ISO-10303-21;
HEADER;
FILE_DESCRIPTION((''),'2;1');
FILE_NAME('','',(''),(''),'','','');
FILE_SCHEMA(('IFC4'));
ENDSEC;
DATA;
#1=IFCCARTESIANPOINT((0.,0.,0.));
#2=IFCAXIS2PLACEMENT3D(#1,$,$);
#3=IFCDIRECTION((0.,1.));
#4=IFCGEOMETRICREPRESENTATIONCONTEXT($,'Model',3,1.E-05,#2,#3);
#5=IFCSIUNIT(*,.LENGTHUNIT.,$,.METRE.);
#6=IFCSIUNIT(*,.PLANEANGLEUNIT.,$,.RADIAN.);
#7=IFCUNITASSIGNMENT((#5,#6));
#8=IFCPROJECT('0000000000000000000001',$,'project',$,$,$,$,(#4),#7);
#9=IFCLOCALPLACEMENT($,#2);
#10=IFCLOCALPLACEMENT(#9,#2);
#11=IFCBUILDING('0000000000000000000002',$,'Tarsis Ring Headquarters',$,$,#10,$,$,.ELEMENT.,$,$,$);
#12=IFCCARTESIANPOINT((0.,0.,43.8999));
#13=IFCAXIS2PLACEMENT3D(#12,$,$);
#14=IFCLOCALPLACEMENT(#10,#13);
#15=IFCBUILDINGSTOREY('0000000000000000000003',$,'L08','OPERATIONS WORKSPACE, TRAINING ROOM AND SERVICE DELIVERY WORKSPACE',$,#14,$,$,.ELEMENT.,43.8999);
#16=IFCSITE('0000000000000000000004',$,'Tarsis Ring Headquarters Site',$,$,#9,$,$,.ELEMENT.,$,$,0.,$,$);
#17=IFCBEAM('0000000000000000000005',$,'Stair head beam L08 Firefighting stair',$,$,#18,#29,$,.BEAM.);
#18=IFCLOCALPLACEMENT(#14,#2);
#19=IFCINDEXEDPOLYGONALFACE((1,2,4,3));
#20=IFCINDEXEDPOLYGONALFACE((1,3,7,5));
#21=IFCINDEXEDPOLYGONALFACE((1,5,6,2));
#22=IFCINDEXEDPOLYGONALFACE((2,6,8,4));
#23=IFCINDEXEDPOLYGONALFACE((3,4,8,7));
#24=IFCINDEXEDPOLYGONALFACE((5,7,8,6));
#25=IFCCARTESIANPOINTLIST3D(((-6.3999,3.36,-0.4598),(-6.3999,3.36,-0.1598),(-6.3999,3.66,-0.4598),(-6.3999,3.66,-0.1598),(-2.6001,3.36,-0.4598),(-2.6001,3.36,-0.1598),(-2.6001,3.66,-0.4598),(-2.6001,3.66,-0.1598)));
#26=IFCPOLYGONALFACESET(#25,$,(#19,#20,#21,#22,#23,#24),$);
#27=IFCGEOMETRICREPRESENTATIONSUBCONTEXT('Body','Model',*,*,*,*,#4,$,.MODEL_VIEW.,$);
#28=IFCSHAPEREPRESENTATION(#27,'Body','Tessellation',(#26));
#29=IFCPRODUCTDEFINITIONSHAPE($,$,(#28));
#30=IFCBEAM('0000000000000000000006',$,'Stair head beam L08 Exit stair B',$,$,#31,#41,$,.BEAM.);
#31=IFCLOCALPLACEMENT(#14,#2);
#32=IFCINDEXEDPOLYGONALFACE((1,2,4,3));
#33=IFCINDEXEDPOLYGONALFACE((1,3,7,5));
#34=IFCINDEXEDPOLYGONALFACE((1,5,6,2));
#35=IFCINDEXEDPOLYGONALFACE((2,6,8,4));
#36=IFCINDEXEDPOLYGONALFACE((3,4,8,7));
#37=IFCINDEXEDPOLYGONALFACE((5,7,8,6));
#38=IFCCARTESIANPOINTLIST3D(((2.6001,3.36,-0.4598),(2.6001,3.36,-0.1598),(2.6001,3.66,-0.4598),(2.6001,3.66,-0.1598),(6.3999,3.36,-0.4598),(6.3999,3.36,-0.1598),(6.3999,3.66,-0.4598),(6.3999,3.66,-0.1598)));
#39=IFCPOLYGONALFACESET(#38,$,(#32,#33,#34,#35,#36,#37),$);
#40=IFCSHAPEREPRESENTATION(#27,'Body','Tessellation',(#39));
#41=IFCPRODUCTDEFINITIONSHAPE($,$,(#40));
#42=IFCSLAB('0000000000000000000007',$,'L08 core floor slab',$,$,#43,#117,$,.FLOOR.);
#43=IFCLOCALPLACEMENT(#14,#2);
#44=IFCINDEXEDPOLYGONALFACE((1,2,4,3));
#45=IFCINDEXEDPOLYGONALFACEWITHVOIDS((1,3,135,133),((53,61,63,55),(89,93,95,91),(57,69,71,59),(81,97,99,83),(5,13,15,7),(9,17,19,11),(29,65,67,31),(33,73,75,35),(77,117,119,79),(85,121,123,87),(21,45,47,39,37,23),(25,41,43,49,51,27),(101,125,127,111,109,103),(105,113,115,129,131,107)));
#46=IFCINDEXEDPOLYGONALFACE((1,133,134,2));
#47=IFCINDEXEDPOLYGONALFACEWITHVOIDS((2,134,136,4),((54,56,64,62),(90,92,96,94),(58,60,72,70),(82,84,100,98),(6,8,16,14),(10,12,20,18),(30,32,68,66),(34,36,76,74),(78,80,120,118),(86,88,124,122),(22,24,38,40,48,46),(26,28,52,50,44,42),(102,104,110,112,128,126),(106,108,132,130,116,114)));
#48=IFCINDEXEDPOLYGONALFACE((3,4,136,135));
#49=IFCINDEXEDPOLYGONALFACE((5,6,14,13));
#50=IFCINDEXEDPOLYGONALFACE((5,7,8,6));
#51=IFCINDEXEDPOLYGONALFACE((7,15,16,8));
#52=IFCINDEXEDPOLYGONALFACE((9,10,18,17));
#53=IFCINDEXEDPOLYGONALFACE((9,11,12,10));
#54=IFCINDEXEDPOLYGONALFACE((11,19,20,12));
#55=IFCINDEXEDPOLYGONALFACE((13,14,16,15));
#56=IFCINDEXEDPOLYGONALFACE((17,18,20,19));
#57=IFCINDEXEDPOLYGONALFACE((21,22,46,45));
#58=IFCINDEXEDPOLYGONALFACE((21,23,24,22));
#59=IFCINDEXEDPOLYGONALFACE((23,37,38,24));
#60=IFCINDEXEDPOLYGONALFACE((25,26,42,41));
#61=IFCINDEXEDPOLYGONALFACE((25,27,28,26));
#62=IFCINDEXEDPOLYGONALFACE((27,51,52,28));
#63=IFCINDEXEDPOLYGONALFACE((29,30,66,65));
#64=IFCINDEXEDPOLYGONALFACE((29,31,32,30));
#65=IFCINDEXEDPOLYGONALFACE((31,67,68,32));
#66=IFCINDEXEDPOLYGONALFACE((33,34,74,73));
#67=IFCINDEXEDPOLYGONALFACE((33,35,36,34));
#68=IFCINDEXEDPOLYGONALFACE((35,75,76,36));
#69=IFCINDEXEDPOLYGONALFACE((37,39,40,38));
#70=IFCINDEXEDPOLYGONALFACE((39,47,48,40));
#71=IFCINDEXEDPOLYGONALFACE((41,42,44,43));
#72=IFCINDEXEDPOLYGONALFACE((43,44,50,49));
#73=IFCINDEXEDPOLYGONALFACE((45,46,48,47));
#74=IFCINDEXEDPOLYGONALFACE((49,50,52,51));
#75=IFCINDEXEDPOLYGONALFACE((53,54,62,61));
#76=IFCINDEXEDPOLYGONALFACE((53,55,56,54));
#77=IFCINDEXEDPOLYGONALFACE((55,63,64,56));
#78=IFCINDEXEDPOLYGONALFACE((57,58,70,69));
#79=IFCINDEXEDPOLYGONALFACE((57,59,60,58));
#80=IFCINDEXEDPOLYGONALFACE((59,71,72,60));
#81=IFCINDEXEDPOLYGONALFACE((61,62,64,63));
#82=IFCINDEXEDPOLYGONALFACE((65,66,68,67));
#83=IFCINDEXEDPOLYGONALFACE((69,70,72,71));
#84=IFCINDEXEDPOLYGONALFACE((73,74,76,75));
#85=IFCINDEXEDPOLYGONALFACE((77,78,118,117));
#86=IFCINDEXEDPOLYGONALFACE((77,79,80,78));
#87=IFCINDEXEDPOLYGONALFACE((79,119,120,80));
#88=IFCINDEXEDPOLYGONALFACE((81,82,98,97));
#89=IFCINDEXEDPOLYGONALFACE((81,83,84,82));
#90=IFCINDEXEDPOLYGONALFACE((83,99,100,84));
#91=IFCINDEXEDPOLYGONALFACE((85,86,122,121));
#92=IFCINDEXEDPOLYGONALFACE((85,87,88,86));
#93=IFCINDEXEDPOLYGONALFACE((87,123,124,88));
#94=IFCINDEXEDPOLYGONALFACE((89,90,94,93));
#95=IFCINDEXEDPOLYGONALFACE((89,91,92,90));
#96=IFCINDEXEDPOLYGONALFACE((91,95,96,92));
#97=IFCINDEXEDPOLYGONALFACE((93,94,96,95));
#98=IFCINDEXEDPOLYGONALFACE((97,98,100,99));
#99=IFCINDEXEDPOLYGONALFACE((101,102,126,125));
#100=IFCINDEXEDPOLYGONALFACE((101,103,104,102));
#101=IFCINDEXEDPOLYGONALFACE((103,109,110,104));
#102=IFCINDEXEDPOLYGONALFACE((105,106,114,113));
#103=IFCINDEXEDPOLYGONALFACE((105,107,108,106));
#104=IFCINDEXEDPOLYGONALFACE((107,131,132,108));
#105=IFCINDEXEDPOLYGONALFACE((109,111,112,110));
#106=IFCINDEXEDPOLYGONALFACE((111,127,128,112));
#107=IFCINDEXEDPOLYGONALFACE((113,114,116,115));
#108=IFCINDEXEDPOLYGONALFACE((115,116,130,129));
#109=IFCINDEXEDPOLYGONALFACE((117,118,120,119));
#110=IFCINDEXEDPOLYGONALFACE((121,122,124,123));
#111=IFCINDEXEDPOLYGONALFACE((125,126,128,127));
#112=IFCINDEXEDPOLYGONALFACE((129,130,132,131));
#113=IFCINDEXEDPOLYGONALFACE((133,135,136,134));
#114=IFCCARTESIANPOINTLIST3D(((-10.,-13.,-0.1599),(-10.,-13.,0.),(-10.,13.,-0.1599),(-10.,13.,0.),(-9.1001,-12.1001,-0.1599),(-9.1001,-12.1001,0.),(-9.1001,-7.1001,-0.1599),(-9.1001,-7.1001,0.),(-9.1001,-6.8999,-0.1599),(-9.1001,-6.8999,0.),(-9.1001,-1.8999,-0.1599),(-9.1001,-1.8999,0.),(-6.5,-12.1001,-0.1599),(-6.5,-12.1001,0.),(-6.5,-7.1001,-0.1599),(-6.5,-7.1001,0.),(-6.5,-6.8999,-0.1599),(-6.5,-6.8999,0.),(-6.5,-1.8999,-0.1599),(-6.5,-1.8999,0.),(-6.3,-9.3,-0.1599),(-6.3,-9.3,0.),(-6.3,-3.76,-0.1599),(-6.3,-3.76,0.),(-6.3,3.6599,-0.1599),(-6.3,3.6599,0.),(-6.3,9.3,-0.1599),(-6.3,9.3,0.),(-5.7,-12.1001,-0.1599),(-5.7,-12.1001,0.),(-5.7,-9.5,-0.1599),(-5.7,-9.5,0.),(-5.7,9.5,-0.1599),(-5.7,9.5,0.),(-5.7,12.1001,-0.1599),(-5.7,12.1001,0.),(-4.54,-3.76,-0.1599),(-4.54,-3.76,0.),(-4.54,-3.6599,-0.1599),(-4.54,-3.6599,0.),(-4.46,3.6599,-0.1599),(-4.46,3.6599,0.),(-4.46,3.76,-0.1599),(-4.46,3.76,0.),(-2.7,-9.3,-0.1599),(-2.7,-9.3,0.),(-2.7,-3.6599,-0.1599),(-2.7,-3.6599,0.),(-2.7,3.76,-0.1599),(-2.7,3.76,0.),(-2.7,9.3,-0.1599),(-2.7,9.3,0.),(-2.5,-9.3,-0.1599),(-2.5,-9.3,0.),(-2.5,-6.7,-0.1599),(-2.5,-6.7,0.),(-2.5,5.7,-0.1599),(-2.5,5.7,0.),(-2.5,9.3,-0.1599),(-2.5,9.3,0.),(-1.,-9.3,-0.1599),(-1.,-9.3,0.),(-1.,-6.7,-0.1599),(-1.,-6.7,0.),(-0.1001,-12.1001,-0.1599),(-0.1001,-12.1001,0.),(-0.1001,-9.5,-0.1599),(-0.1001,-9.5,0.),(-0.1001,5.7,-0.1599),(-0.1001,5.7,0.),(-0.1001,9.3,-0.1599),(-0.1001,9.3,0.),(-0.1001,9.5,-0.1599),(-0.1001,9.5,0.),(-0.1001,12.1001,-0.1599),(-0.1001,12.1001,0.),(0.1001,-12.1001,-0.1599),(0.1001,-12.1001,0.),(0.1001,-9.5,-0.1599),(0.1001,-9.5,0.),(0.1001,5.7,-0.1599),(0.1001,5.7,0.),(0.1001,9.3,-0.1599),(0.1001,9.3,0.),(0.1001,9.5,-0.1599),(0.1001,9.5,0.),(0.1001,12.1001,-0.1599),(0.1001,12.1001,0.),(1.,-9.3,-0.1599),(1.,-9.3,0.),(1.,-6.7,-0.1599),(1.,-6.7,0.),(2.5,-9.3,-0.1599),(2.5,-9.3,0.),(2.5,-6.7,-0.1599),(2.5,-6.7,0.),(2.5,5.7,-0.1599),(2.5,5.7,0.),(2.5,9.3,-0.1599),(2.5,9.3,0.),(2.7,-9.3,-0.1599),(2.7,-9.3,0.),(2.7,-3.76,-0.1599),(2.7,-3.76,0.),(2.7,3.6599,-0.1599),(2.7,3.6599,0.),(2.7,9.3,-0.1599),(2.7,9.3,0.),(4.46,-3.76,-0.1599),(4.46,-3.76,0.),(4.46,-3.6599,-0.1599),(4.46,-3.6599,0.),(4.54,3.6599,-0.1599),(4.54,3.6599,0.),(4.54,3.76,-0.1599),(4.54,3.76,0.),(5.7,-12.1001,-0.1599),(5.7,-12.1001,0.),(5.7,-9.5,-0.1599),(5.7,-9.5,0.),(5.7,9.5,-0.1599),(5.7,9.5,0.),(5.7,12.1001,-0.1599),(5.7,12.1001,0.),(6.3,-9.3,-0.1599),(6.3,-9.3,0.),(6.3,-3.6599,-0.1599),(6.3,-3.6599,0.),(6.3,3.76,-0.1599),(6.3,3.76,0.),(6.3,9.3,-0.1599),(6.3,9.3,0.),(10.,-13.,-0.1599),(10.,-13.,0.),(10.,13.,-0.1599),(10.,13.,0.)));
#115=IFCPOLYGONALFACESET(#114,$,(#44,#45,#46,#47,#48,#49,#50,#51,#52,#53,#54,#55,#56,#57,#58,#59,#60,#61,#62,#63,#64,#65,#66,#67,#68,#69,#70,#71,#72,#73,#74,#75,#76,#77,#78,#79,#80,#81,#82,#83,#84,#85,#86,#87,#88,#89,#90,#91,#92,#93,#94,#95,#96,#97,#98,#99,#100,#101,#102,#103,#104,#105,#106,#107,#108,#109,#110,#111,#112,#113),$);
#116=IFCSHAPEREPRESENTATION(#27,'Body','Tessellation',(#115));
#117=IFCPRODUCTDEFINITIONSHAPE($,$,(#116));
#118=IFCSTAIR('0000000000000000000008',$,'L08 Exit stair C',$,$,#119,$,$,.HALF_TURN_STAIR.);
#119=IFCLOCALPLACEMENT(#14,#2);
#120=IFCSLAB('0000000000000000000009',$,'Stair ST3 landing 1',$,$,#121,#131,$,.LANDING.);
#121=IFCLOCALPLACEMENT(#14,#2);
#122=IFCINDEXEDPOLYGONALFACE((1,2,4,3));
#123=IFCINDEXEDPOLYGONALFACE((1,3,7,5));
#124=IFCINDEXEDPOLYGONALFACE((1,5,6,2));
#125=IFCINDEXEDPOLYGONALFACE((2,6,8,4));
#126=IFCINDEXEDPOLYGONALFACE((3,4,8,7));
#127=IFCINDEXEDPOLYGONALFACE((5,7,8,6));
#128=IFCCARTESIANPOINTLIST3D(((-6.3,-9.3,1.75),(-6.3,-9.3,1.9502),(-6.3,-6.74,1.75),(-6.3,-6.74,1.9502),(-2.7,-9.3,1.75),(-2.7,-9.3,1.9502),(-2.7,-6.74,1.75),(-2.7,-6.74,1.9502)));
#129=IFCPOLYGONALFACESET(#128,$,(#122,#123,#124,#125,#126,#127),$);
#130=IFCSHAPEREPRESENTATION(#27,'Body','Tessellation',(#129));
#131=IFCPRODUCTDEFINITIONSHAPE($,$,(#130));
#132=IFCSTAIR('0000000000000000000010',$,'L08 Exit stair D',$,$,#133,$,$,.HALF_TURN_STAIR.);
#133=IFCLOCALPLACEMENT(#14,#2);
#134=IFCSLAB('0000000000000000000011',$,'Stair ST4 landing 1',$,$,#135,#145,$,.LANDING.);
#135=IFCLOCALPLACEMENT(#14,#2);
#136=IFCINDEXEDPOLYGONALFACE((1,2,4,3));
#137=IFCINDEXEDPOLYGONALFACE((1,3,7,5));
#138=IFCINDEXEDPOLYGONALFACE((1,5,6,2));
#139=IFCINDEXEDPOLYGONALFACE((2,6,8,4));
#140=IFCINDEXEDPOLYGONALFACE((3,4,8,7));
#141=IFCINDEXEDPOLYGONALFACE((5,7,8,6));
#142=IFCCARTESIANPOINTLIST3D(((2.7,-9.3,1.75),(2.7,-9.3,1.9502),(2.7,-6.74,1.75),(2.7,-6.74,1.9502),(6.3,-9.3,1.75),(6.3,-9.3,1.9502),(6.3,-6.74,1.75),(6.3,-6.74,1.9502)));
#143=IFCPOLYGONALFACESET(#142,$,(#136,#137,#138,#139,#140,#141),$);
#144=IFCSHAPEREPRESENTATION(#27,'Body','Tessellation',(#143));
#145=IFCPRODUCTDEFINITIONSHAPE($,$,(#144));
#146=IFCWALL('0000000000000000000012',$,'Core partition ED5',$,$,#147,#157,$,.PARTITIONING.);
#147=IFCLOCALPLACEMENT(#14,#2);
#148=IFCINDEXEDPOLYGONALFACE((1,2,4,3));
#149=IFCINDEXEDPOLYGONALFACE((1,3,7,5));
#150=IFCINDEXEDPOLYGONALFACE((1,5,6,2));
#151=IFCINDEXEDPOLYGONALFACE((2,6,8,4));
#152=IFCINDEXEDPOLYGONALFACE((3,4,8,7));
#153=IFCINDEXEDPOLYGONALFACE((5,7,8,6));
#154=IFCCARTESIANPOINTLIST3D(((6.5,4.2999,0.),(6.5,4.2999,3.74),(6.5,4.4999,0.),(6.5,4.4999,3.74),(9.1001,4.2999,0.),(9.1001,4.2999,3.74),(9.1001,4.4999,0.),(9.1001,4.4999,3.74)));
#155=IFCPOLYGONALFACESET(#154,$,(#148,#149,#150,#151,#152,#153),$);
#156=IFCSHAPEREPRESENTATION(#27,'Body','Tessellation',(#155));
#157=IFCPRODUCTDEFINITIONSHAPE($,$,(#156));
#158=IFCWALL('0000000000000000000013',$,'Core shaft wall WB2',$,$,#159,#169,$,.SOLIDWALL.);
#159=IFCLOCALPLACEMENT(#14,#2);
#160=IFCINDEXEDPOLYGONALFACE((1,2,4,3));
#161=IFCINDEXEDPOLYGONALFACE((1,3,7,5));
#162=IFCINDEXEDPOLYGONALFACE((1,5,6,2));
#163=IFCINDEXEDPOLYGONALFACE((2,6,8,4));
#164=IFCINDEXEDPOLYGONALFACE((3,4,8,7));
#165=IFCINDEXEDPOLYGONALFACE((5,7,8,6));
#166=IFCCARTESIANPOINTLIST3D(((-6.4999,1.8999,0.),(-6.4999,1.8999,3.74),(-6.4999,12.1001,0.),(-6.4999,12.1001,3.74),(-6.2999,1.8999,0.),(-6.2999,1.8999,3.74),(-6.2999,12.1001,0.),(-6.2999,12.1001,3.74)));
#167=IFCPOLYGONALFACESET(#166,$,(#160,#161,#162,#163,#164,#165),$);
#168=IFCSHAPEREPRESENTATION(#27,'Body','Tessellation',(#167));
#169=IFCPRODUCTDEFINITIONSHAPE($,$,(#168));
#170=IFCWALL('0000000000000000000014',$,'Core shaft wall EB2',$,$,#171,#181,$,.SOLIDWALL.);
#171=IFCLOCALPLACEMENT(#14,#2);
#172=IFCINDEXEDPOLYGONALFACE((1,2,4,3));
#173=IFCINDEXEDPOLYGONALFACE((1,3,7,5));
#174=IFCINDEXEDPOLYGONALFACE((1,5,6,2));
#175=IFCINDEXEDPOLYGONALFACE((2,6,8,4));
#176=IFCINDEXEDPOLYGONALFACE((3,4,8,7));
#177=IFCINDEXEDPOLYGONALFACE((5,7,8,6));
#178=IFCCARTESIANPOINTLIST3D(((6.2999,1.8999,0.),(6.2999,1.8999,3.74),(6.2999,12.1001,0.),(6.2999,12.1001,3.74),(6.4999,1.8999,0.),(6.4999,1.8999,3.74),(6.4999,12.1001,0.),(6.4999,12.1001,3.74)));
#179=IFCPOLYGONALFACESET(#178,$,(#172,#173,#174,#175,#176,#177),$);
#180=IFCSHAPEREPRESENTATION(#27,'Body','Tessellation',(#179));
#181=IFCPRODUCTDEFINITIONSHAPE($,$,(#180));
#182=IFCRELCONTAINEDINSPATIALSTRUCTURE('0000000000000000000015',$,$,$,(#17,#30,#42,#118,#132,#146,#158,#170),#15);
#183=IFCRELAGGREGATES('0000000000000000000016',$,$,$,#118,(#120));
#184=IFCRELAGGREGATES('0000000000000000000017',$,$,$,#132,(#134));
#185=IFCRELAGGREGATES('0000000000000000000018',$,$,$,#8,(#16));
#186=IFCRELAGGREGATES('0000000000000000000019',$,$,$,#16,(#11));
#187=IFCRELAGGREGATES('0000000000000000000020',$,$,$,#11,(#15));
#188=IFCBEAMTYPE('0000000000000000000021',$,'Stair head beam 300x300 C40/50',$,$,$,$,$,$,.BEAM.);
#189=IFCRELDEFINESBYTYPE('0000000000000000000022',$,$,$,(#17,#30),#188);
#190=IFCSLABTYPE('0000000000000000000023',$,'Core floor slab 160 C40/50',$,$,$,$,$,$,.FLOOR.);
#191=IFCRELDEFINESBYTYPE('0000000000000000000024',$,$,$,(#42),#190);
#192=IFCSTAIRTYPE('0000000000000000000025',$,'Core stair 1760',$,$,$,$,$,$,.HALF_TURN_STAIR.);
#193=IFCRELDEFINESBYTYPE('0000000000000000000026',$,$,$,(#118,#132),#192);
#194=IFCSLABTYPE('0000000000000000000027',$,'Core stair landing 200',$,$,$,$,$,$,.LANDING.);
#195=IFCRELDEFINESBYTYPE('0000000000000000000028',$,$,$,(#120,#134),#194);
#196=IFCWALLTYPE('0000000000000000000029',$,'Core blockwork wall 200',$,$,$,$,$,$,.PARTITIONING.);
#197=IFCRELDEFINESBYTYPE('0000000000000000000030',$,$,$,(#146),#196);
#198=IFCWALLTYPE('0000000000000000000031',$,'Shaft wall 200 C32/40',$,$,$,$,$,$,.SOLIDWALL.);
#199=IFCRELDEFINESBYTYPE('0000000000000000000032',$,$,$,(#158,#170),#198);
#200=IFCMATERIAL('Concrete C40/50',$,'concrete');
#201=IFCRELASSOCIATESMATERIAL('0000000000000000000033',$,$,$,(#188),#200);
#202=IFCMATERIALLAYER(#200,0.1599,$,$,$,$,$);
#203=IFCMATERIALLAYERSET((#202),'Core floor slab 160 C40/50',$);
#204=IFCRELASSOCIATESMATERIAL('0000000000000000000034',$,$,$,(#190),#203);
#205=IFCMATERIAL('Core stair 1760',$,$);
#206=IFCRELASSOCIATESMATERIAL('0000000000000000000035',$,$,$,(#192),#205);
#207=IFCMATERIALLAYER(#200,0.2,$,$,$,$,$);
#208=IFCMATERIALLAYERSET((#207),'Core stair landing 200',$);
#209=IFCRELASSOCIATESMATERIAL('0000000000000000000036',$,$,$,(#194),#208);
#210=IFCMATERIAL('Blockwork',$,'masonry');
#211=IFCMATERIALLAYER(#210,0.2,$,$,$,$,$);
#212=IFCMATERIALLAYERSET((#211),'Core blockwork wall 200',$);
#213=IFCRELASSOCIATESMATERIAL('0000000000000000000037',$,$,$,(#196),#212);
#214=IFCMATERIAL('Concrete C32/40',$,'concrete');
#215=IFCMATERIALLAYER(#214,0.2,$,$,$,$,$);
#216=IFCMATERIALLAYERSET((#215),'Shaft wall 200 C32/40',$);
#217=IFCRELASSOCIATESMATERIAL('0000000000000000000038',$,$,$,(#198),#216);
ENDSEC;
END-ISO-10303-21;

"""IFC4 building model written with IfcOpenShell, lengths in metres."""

from ifc_helpers import new_model, si_unit, direction, frame, frame_2d, origin, origin_2d, place, context, subcontext, project, spatial, polyline, rectangle, outline, extrude, material, layer, layer_set, material_profile, profile_set, type_object, element, aggregate, save


model = new_model("IFC4")

# Units and contexts
model_context = context("Model", 3, precision=1e-05, world=origin(), true_north=direction((0.0, 1.0)))
body_context = subcontext(model_context, "Body", "Model", "MODEL_VIEW")
ifc_project = project(units=[si_unit("LENGTHUNIT", "METRE"), si_unit("PLANEANGLEUNIT", "RADIAN")], contexts=[model_context])

# Site, building, storey
site_placement = place(None, origin())
site = spatial("IfcSite", under=ifc_project, at=site_placement, Name="Tarsis Ring Headquarters Site", CompositionType="ELEMENT", RefElevation=0.0)
building_placement = place(site_placement, origin())
building = spatial("IfcBuilding", under=site, at=building_placement, Name="Tarsis Ring Headquarters", CompositionType="ELEMENT")
storey_placement = place(building_placement, frame((0.0, 0.0, 43.8999)))
storey = spatial("IfcBuildingStorey", under=building, at=storey_placement, Name="L08", Description="OPERATIONS WORKSPACE, TRAINING ROOM AND SERVICE DELIVERY WORKSPACE", CompositionType="ELEMENT", Elevation=43.8999)

# Beams
ifc_material_1 = material(Name="Concrete C40/50", Category="concrete")
ifc_material_profile = material_profile(ifc_material_1, rectangle(XDim=0.3, YDim=0.3, at=origin_2d()), Name="Stair head beam 300x300 C40/50")
ifc_profile_set = profile_set([ifc_material_profile], Name="Concrete C40/50")
beam_type = type_object("IfcBeamType", Name="Stair head beam 300x300 C40/50", PredefinedType="BEAM", material=ifc_profile_set)
for number, where, z_axis, x_axis, name in (
    (1, (-6.3999, 3.51, -0.3098), (1.0, 0.0, 0.0), (0.0, 1.0, 0.0), "Stair head beam L08 Firefighting stair"),
    (2, (2.6001, 3.51, -0.3098), (1.0, 0.0, 0.0), (0.0, 1.0, 0.0), "Stair head beam L08 Exit stair B"),
):
    element("IfcBeam", number, at=place(storey_placement, frame(where, z_axis=z_axis, x_axis=x_axis)), inside=storey, type_object=beam_type, Name=name, PredefinedType="BEAM", context=body_context, shape_type="SweptSolid", body=[
        extrude(rectangle(XDim=0.3, YDim=0.3, at=origin_2d()), origin(), (0.0, 0.0, 1.0), 3.7998),
    ])

# Slab
ifc_layer_1 = layer(ifc_material_1, 0.1599)
ifc_layer_set_1 = layer_set([ifc_layer_1], Name="Core floor slab 160 C40/50")
slab_type_1 = type_object("IfcSlabType", Name="Core floor slab 160 C40/50", PredefinedType="FLOOR", material=ifc_layer_set_1)
slab_1_placement = place(storey_placement, frame((0.0, 0.0, -0.1599)))
element("IfcSlab", 3, at=slab_1_placement, inside=storey, type_object=slab_type_1, Name="L08 core floor slab", PredefinedType="FLOOR", context=body_context, shape_type="SweptSolid", body=[
    extrude(outline(polyline([(-10.0, -13.0), (10.0, -13.0), (10.0, 13.0), (-10.0, 13.0), (-10.0, -13.0)]), holes=[polyline([(-2.5, 5.7), (-0.1001, 5.7), (-0.1001, 9.3), (-2.5, 9.3), (-2.5, 5.7)]), polyline([(0.1001, 5.7), (2.5, 5.7), (2.5, 9.3), (0.1001, 9.3), (0.1001, 5.7)]), polyline([(-9.1001, -12.1001), (-6.5, -12.1001), (-6.5, -7.1001), (-9.1001, -7.1001), (-9.1001, -12.1001)]), polyline([(-9.1001, -6.8999), (-6.5, -6.8999), (-6.5, -1.8999), (-9.1001, -1.8999), (-9.1001, -6.8999)]), polyline([(-5.7, 9.5), (-0.1001, 9.5), (-0.1001, 12.1001), (-5.7, 12.1001), (-5.7, 9.5)]), polyline([(0.1001, 9.5), (5.7, 9.5), (5.7, 12.1001), (0.1001, 12.1001), (0.1001, 9.5)]), polyline([(-5.7, -12.1001), (-0.1001, -12.1001), (-0.1001, -9.5), (-5.7, -9.5), (-5.7, -12.1001)]), polyline([(0.1001, -12.1001), (5.7, -12.1001), (5.7, -9.5), (0.1001, -9.5), (0.1001, -12.1001)]), polyline([(-2.5, -9.3), (-1.0, -9.3), (-1.0, -6.7), (-2.5, -6.7), (-2.5, -9.3)]), polyline([(1.0, -9.3), (2.5, -9.3), (2.5, -6.7), (1.0, -6.7), (1.0, -9.3)]), polyline([(-2.7, 3.76), (-2.7, 9.3), (-6.3, 9.3), (-6.3, 3.6599), (-4.46, 3.6599), (-4.46, 3.76), (-2.7, 3.76)]), polyline([(6.3, 3.76), (6.3, 9.3), (2.7, 9.3), (2.7, 3.6599), (4.54, 3.6599), (4.54, 3.76), (6.3, 3.76)]), polyline([(-6.3, -3.76), (-6.3, -9.3), (-2.7, -9.3), (-2.7, -3.6599), (-4.54, -3.6599), (-4.54, -3.76), (-6.3, -3.76)]), polyline([(2.7, -3.76), (2.7, -9.3), (6.3, -9.3), (6.3, -3.6599), (4.46, -3.6599), (4.46, -3.76), (2.7, -3.76)])]), origin(), (0.0, 0.0, 1.0), 0.1599),
])

# Stairs, slabs
ifc_material_2 = material(Name="Core stair 1760")
stair_type = type_object("IfcStairType", Name="Core stair 1760", PredefinedType="HALF_TURN_STAIR", material=ifc_material_2)
stair_1_placement = place(storey_placement, origin())
stair_1 = element("IfcStair", 4, at=stair_1_placement, inside=storey, type_object=stair_type, Name="L08 Exit stair C", PredefinedType="HALF_TURN_STAIR")
ifc_layer_2 = layer(ifc_material_1, 0.2)
ifc_layer_set_2 = layer_set([ifc_layer_2], Name="Core stair landing 200")
slab_type_2 = type_object("IfcSlabType", Name="Core stair landing 200", PredefinedType="LANDING", material=ifc_layer_set_2)
slab_2_placement = place(storey_placement, frame((0.0, 0.0, 1.75)))
slab_2 = element("IfcSlab", 5, at=slab_2_placement, type_object=slab_type_2, Name="Stair ST3 landing 1", PredefinedType="LANDING", context=body_context, shape_type="SweptSolid", body=[
    extrude(outline(polyline([(-6.3, -6.74), (-6.3, -9.3), (-2.7, -9.3), (-2.7, -6.74), (-6.3, -6.74)])), origin(), (0.0, 0.0, 1.0), 0.2002),
])
aggregate(stair_1, [slab_2])
stair_2_placement = place(storey_placement, origin())
stair_2 = element("IfcStair", 6, at=stair_2_placement, inside=storey, type_object=stair_type, Name="L08 Exit stair D", PredefinedType="HALF_TURN_STAIR")
slab_3_placement = place(storey_placement, frame((0.0, 0.0, 1.75)))
slab_3 = element("IfcSlab", 7, at=slab_3_placement, type_object=slab_type_2, Name="Stair ST4 landing 1", PredefinedType="LANDING", context=body_context, shape_type="SweptSolid", body=[
    extrude(outline(polyline([(2.7, -6.74), (2.7, -9.3), (6.3, -9.3), (6.3, -6.74), (2.7, -6.74)])), origin(), (0.0, 0.0, 1.0), 0.2002),
])
aggregate(stair_2, [slab_3])

# Walls
ifc_material_3 = material(Name="Blockwork", Category="masonry")
ifc_layer_3 = layer(ifc_material_3, 0.2)
ifc_layer_set_3 = layer_set([ifc_layer_3], Name="Core blockwork wall 200")
wall_type_1 = type_object("IfcWallType", Name="Core blockwork wall 200", PredefinedType="PARTITIONING", material=ifc_layer_set_3)
wall_1_placement = place(storey_placement, frame((6.5, 4.3999, 0.0), z_axis=(0.0, 0.0, 1.0), x_axis=(1.0, 0.0, 0.0)))
element("IfcWall", 8, at=wall_1_placement, inside=storey, type_object=wall_type_1, Name="Core partition ED5", PredefinedType="PARTITIONING", context=body_context, shape_type="SweptSolid", body=[
    extrude(rectangle(XDim=2.6001, YDim=0.2, at=frame_2d((1.3, 0.0))), origin(), (0.0, 0.0, 1.0), 3.74),
])
ifc_material_4 = material(Name="Concrete C32/40", Category="concrete")
ifc_layer_4 = layer(ifc_material_4, 0.2)
ifc_layer_set_4 = layer_set([ifc_layer_4], Name="Shaft wall 200 C32/40")
wall_type_2 = type_object("IfcWallType", Name="Shaft wall 200 C32/40", PredefinedType="SOLIDWALL", material=ifc_layer_set_4)
for number, where, z_axis, x_axis, name in (
    (9, (-6.3999, 1.8999, 0.0), (0.0, 0.0, 1.0), (0.0, 1.0, 0.0), "Core shaft wall WB2"),
    (10, (6.3999, 1.8999, 0.0), (0.0, 0.0, 1.0), (0.0, 1.0, 0.0), "Core shaft wall EB2"),
):
    element("IfcWall", number, at=place(storey_placement, frame(where, z_axis=z_axis, x_axis=x_axis)), inside=storey, type_object=wall_type_2, Name=name, PredefinedType="SOLIDWALL", context=body_context, shape_type="SweptSolid", body=[
        extrude(rectangle(XDim=10.2002, YDim=0.2, at=frame_2d((5.1001, 0.0))), origin(), (0.0, 0.0, 1.0), 3.74),
    ])

save(model, "model.ifc")
